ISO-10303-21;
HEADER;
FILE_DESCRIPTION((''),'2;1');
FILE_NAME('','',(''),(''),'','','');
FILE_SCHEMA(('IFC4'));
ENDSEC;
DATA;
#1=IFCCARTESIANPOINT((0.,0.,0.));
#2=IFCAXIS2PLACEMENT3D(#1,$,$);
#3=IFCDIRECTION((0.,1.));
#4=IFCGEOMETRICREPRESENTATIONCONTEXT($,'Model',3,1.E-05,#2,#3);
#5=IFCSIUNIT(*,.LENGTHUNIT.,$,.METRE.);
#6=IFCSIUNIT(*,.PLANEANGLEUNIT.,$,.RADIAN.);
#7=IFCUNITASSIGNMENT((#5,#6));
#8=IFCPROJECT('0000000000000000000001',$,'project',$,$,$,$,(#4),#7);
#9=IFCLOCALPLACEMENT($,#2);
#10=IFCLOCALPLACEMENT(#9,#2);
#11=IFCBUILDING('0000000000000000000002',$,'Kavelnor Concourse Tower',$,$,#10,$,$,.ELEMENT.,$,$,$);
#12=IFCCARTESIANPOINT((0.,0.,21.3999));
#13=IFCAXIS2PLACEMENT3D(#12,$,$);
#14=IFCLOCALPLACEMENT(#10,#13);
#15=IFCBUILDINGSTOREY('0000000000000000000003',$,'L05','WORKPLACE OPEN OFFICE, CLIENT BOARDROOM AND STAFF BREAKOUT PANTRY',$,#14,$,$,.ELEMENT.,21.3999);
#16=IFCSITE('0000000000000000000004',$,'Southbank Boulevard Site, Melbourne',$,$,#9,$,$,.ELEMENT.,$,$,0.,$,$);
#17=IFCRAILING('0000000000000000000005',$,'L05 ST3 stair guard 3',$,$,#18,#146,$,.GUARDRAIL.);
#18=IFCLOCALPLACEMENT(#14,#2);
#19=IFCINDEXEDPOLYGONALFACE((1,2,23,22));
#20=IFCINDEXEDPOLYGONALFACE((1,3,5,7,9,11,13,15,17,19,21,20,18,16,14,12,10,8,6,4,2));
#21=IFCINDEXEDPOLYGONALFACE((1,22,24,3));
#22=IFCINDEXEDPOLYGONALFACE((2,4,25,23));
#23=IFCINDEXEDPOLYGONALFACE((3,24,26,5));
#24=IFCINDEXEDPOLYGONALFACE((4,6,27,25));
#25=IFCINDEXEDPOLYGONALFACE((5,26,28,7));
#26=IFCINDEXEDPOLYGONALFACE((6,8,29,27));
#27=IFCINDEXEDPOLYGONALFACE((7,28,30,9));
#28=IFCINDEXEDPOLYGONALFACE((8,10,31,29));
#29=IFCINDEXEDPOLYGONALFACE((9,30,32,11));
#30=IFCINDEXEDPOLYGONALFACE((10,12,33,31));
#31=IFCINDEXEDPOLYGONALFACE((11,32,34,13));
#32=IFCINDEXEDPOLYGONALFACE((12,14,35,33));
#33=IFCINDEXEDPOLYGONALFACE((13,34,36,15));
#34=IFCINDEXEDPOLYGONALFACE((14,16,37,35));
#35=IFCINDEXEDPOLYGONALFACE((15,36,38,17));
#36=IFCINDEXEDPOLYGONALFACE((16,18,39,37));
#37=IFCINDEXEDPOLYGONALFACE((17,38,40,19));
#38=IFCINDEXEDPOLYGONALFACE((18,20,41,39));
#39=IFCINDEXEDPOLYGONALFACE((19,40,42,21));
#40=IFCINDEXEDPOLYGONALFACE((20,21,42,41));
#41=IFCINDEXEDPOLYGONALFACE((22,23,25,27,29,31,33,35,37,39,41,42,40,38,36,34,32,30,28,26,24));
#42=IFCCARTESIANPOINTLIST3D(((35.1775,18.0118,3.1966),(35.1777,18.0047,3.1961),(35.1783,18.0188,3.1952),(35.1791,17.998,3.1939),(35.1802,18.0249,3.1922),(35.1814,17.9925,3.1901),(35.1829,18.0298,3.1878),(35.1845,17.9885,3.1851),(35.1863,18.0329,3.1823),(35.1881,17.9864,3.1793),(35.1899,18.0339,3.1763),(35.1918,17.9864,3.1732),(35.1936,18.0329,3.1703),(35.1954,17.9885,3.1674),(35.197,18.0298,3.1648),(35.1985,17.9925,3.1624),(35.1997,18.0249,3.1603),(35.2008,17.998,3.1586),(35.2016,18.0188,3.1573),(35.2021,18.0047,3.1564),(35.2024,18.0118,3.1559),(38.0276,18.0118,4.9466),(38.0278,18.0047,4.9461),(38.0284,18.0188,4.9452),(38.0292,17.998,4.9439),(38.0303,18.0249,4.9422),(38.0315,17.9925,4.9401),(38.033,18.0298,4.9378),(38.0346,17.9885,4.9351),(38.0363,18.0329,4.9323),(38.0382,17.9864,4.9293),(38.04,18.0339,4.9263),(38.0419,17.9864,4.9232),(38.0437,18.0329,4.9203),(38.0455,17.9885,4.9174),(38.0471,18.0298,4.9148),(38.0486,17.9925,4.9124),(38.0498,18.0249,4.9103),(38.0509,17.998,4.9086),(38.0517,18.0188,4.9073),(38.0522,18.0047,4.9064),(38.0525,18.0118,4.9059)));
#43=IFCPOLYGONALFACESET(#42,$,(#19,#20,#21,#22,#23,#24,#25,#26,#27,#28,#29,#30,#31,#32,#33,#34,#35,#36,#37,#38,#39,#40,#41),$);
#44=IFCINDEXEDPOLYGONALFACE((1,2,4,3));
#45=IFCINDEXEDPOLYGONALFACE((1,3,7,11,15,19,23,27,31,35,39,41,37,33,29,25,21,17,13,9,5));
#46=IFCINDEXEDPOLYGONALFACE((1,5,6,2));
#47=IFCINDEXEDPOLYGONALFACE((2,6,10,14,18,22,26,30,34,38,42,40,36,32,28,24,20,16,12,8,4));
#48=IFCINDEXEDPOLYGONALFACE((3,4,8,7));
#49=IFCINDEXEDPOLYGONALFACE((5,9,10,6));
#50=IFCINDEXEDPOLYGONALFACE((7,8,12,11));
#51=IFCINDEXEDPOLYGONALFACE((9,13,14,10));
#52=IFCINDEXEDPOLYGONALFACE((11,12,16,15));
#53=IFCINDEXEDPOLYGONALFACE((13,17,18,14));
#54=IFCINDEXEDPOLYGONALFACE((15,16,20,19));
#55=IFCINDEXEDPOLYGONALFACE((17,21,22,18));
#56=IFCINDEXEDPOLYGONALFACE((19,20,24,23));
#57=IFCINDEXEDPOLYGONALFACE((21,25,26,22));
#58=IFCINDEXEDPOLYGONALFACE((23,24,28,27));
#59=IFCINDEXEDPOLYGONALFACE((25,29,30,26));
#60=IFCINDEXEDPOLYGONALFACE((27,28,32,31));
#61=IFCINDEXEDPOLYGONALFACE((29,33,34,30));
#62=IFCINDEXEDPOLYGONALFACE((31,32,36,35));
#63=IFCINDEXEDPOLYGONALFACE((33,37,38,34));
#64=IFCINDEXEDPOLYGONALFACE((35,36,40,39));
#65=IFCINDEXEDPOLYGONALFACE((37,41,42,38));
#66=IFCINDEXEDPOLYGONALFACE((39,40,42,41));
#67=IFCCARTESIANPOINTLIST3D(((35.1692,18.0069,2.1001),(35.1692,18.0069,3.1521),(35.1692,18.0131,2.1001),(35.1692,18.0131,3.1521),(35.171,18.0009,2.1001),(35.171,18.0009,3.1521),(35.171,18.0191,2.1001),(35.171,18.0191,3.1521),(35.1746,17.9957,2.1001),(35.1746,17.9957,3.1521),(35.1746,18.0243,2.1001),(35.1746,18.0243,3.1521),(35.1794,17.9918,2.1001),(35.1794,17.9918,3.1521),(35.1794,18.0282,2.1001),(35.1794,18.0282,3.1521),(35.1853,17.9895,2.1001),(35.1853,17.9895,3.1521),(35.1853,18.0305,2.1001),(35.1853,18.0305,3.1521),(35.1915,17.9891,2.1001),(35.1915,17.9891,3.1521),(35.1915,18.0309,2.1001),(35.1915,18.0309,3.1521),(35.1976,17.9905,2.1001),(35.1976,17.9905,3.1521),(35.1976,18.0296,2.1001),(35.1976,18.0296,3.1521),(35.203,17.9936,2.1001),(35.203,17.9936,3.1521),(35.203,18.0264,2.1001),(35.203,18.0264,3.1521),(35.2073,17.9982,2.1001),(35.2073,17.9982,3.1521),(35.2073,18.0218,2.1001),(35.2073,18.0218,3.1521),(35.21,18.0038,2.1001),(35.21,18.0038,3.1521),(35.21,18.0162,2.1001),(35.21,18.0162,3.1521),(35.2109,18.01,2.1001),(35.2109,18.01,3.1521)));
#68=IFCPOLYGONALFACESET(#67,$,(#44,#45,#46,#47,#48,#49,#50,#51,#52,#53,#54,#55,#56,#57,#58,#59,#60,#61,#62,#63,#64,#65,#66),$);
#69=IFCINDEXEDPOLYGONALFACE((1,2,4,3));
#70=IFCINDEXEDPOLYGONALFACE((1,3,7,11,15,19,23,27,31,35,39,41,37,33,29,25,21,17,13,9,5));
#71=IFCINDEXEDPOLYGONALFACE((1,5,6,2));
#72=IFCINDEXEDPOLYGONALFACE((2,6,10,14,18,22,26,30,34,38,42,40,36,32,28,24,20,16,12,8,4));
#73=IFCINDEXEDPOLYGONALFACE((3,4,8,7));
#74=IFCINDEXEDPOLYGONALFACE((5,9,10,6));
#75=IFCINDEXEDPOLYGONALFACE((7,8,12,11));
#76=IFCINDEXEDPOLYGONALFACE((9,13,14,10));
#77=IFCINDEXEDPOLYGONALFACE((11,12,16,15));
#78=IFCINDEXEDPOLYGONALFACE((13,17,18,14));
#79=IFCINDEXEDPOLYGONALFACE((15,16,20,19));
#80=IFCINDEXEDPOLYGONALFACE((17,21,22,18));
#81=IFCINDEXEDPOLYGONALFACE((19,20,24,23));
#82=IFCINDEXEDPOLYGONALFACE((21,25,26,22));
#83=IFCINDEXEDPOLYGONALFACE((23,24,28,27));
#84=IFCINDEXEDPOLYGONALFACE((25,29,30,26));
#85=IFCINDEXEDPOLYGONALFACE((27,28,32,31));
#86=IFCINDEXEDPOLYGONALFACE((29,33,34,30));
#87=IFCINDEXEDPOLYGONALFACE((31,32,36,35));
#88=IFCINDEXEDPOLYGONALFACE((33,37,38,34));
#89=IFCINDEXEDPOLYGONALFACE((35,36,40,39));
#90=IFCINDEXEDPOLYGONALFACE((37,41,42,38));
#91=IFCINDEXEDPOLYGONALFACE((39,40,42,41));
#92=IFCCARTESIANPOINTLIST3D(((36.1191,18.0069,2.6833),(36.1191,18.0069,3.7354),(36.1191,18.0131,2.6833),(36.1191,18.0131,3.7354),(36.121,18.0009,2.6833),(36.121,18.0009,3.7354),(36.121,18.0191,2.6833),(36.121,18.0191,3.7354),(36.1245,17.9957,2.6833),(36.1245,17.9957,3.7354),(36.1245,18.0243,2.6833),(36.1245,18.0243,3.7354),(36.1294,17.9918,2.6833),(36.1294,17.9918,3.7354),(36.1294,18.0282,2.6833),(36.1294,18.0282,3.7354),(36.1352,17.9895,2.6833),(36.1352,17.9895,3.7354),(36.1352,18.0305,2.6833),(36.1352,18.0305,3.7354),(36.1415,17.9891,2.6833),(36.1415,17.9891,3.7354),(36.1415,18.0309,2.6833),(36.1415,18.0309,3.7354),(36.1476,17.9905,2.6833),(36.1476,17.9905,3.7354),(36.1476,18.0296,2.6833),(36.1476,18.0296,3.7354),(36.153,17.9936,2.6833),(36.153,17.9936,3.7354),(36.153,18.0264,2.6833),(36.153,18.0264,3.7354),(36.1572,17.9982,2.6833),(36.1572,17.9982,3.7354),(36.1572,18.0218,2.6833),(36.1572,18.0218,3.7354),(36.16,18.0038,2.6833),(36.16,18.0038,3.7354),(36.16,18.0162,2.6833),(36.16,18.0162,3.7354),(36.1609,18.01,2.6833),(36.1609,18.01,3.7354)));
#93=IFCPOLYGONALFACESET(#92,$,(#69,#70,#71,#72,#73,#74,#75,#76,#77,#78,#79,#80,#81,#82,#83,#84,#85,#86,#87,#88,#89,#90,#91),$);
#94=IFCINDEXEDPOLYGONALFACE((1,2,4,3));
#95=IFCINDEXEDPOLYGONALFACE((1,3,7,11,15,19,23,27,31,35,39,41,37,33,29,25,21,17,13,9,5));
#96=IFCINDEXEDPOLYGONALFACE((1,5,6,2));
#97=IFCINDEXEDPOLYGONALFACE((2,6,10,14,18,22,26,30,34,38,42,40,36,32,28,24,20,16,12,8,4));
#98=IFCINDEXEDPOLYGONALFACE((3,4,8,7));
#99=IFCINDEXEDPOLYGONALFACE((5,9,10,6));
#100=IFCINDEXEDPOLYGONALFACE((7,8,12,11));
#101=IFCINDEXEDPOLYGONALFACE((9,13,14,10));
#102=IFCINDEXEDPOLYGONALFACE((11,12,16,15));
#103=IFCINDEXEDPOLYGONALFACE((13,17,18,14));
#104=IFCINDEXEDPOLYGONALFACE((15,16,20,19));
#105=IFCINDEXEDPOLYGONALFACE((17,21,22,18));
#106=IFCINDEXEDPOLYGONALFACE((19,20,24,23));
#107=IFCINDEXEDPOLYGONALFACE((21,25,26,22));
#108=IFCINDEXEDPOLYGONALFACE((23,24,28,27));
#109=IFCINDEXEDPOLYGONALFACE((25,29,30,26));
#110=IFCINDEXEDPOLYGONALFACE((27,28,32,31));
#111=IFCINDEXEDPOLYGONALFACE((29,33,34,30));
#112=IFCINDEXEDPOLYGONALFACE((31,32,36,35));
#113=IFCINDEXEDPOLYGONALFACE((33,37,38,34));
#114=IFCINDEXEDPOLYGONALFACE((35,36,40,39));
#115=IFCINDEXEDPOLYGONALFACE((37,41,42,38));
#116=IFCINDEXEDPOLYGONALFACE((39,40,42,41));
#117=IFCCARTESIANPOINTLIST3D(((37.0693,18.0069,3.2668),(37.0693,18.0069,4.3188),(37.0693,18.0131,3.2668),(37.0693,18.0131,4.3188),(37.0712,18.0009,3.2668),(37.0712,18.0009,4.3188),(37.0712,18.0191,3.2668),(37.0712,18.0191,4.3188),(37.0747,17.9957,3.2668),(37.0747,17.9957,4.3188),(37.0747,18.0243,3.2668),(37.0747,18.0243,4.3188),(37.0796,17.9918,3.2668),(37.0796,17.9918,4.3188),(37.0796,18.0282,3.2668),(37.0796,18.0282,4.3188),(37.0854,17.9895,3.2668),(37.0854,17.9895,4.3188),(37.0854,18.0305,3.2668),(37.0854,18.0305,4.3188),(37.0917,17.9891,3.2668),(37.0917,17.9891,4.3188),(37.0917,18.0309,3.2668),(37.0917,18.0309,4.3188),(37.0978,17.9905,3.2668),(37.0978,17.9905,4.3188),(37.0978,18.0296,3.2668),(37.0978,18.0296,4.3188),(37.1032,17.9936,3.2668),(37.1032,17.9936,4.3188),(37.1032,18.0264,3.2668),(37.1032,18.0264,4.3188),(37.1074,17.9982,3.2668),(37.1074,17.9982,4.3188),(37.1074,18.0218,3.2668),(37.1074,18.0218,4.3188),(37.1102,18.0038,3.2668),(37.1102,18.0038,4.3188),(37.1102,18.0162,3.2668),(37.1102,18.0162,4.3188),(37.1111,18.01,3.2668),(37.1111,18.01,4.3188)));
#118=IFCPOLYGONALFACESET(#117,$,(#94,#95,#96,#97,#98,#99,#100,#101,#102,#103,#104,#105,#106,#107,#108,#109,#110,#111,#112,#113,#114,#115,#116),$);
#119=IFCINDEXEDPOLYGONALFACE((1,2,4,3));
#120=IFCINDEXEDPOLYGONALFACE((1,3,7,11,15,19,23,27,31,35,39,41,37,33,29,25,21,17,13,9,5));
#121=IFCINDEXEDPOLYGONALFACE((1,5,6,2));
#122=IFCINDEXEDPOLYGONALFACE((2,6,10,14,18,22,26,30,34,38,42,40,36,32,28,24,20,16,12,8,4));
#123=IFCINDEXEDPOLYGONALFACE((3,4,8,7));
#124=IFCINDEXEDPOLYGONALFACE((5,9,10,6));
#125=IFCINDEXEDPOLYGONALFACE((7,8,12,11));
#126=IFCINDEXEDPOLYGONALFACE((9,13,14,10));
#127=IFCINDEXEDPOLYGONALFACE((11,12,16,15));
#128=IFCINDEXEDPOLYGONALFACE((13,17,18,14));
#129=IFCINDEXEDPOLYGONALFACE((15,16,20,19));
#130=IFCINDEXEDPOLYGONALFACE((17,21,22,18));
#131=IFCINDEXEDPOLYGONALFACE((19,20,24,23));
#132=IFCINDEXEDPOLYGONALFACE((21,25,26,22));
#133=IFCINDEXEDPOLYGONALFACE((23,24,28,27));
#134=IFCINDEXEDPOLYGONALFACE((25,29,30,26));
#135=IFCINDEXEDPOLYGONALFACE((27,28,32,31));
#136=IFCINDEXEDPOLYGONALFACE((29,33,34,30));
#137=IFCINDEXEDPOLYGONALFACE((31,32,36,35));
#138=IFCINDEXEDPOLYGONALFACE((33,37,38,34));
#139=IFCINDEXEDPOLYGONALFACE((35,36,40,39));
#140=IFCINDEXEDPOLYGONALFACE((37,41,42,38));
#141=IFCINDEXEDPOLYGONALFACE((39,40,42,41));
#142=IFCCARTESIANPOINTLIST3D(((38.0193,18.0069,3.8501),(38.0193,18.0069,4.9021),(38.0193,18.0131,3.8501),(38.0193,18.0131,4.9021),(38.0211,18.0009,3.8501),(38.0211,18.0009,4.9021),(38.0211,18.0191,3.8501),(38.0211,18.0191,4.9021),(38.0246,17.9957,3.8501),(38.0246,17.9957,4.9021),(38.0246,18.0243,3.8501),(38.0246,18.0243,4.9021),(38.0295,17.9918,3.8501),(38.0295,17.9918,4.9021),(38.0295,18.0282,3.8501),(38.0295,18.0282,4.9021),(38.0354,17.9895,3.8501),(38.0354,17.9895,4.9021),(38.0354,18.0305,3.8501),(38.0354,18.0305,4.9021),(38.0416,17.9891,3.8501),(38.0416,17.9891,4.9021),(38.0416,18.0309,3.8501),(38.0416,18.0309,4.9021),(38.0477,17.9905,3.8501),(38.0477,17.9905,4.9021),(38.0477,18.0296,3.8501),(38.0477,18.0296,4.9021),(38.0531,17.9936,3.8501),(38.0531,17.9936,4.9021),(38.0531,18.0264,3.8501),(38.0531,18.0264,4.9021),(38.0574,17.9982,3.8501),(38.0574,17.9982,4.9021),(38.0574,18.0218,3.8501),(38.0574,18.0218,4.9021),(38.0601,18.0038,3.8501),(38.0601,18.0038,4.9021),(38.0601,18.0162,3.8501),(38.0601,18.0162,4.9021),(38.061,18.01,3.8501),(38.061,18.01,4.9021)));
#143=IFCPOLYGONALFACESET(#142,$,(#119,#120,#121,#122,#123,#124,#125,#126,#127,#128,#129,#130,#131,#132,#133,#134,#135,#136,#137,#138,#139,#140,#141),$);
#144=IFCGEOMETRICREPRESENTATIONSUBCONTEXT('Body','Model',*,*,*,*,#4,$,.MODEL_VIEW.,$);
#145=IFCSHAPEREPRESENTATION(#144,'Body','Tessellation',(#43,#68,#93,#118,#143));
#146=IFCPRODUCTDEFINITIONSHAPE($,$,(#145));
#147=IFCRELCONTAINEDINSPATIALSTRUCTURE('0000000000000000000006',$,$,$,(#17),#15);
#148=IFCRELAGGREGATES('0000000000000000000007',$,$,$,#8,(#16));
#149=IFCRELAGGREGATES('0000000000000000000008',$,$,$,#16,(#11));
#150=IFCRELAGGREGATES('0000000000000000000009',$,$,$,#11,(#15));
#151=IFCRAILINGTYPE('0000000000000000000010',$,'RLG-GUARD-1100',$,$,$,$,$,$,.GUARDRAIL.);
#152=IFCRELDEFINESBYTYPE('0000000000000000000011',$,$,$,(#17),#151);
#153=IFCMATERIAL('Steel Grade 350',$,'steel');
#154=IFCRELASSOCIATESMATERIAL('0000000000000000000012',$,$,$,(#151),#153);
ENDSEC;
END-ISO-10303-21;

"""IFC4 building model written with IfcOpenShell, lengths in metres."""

from ifc_helpers import new_model, si_unit, direction, frame, origin, origin_2d, place, context, subcontext, project, spatial, circle, extrude, material, type_object, element, save


model = new_model("IFC4")

# Units and contexts
model_context = context("Model", 3, precision=1e-05, world=origin(), true_north=direction((0.0, 1.0)))
body_context = subcontext(model_context, "Body", "Model", "MODEL_VIEW")
ifc_project = project(units=[si_unit("LENGTHUNIT", "METRE"), si_unit("PLANEANGLEUNIT", "RADIAN")], contexts=[model_context])

# Site, building, storey
site_placement = place(None, origin())
site = spatial("IfcSite", under=ifc_project, at=site_placement, Name="Southbank Boulevard Site, Melbourne", CompositionType="ELEMENT", RefElevation=0.0)
building_placement = place(site_placement, origin())
building = spatial("IfcBuilding", under=site, at=building_placement, Name="Kavelnor Concourse Tower", CompositionType="ELEMENT")
storey_placement = place(building_placement, frame((0.0, 0.0, 21.3999)))
storey = spatial("IfcBuildingStorey", under=building, at=storey_placement, Name="L05", Description="WORKPLACE OPEN OFFICE, CLIENT BOARDROOM AND STAFF BREAKOUT PANTRY", CompositionType="ELEMENT", Elevation=21.3999)

# Shared definitions
ifc_material_1 = material(Name="Steel Grade 350", Category="steel")

# Railing
railing_type_1 = type_object("IfcRailingType", Name="RLG-GUARD-1100", PredefinedType="GUARDRAIL", material=ifc_material_1)
railing_1_placement = place(storey_placement, frame((35.1899, 18.01, 2.1001)))
element("IfcRailing", 1, at=railing_1_placement, inside=storey, type_object=railing_type_1, Name="L05 ST3 stair guard 3", PredefinedType="GUARDRAIL", context=body_context, shape_type="SweptSolid", body=[
    extrude(circle(Radius=0.0239, at=origin_2d()), frame((0.0, 0.0, 1.0762), z_axis=(0.852179, 0.0, 0.52325), x_axis=(0.0, 1.0, 0.0)), (0.0, 0.0, 1.0), 3.3445),
    extrude(circle(Radius=0.021, at=origin_2d()), origin(), (0.0, 0.0, 1.0), 1.052),
    extrude(circle(Radius=0.021, at=origin_2d()), frame((0.95, 0.0, 0.5833)), (0.0, 0.0, 1.0), 1.052),
    extrude(circle(Radius=0.021, at=origin_2d()), frame((1.9001, 0.0, 1.1667)), (0.0, 0.0, 1.0), 1.052),
    extrude(circle(Radius=0.021, at=origin_2d()), frame((2.8501, 0.0, 1.75)), (0.0, 0.0, 1.0), 1.052),
])

save(model, "model.ifc")
